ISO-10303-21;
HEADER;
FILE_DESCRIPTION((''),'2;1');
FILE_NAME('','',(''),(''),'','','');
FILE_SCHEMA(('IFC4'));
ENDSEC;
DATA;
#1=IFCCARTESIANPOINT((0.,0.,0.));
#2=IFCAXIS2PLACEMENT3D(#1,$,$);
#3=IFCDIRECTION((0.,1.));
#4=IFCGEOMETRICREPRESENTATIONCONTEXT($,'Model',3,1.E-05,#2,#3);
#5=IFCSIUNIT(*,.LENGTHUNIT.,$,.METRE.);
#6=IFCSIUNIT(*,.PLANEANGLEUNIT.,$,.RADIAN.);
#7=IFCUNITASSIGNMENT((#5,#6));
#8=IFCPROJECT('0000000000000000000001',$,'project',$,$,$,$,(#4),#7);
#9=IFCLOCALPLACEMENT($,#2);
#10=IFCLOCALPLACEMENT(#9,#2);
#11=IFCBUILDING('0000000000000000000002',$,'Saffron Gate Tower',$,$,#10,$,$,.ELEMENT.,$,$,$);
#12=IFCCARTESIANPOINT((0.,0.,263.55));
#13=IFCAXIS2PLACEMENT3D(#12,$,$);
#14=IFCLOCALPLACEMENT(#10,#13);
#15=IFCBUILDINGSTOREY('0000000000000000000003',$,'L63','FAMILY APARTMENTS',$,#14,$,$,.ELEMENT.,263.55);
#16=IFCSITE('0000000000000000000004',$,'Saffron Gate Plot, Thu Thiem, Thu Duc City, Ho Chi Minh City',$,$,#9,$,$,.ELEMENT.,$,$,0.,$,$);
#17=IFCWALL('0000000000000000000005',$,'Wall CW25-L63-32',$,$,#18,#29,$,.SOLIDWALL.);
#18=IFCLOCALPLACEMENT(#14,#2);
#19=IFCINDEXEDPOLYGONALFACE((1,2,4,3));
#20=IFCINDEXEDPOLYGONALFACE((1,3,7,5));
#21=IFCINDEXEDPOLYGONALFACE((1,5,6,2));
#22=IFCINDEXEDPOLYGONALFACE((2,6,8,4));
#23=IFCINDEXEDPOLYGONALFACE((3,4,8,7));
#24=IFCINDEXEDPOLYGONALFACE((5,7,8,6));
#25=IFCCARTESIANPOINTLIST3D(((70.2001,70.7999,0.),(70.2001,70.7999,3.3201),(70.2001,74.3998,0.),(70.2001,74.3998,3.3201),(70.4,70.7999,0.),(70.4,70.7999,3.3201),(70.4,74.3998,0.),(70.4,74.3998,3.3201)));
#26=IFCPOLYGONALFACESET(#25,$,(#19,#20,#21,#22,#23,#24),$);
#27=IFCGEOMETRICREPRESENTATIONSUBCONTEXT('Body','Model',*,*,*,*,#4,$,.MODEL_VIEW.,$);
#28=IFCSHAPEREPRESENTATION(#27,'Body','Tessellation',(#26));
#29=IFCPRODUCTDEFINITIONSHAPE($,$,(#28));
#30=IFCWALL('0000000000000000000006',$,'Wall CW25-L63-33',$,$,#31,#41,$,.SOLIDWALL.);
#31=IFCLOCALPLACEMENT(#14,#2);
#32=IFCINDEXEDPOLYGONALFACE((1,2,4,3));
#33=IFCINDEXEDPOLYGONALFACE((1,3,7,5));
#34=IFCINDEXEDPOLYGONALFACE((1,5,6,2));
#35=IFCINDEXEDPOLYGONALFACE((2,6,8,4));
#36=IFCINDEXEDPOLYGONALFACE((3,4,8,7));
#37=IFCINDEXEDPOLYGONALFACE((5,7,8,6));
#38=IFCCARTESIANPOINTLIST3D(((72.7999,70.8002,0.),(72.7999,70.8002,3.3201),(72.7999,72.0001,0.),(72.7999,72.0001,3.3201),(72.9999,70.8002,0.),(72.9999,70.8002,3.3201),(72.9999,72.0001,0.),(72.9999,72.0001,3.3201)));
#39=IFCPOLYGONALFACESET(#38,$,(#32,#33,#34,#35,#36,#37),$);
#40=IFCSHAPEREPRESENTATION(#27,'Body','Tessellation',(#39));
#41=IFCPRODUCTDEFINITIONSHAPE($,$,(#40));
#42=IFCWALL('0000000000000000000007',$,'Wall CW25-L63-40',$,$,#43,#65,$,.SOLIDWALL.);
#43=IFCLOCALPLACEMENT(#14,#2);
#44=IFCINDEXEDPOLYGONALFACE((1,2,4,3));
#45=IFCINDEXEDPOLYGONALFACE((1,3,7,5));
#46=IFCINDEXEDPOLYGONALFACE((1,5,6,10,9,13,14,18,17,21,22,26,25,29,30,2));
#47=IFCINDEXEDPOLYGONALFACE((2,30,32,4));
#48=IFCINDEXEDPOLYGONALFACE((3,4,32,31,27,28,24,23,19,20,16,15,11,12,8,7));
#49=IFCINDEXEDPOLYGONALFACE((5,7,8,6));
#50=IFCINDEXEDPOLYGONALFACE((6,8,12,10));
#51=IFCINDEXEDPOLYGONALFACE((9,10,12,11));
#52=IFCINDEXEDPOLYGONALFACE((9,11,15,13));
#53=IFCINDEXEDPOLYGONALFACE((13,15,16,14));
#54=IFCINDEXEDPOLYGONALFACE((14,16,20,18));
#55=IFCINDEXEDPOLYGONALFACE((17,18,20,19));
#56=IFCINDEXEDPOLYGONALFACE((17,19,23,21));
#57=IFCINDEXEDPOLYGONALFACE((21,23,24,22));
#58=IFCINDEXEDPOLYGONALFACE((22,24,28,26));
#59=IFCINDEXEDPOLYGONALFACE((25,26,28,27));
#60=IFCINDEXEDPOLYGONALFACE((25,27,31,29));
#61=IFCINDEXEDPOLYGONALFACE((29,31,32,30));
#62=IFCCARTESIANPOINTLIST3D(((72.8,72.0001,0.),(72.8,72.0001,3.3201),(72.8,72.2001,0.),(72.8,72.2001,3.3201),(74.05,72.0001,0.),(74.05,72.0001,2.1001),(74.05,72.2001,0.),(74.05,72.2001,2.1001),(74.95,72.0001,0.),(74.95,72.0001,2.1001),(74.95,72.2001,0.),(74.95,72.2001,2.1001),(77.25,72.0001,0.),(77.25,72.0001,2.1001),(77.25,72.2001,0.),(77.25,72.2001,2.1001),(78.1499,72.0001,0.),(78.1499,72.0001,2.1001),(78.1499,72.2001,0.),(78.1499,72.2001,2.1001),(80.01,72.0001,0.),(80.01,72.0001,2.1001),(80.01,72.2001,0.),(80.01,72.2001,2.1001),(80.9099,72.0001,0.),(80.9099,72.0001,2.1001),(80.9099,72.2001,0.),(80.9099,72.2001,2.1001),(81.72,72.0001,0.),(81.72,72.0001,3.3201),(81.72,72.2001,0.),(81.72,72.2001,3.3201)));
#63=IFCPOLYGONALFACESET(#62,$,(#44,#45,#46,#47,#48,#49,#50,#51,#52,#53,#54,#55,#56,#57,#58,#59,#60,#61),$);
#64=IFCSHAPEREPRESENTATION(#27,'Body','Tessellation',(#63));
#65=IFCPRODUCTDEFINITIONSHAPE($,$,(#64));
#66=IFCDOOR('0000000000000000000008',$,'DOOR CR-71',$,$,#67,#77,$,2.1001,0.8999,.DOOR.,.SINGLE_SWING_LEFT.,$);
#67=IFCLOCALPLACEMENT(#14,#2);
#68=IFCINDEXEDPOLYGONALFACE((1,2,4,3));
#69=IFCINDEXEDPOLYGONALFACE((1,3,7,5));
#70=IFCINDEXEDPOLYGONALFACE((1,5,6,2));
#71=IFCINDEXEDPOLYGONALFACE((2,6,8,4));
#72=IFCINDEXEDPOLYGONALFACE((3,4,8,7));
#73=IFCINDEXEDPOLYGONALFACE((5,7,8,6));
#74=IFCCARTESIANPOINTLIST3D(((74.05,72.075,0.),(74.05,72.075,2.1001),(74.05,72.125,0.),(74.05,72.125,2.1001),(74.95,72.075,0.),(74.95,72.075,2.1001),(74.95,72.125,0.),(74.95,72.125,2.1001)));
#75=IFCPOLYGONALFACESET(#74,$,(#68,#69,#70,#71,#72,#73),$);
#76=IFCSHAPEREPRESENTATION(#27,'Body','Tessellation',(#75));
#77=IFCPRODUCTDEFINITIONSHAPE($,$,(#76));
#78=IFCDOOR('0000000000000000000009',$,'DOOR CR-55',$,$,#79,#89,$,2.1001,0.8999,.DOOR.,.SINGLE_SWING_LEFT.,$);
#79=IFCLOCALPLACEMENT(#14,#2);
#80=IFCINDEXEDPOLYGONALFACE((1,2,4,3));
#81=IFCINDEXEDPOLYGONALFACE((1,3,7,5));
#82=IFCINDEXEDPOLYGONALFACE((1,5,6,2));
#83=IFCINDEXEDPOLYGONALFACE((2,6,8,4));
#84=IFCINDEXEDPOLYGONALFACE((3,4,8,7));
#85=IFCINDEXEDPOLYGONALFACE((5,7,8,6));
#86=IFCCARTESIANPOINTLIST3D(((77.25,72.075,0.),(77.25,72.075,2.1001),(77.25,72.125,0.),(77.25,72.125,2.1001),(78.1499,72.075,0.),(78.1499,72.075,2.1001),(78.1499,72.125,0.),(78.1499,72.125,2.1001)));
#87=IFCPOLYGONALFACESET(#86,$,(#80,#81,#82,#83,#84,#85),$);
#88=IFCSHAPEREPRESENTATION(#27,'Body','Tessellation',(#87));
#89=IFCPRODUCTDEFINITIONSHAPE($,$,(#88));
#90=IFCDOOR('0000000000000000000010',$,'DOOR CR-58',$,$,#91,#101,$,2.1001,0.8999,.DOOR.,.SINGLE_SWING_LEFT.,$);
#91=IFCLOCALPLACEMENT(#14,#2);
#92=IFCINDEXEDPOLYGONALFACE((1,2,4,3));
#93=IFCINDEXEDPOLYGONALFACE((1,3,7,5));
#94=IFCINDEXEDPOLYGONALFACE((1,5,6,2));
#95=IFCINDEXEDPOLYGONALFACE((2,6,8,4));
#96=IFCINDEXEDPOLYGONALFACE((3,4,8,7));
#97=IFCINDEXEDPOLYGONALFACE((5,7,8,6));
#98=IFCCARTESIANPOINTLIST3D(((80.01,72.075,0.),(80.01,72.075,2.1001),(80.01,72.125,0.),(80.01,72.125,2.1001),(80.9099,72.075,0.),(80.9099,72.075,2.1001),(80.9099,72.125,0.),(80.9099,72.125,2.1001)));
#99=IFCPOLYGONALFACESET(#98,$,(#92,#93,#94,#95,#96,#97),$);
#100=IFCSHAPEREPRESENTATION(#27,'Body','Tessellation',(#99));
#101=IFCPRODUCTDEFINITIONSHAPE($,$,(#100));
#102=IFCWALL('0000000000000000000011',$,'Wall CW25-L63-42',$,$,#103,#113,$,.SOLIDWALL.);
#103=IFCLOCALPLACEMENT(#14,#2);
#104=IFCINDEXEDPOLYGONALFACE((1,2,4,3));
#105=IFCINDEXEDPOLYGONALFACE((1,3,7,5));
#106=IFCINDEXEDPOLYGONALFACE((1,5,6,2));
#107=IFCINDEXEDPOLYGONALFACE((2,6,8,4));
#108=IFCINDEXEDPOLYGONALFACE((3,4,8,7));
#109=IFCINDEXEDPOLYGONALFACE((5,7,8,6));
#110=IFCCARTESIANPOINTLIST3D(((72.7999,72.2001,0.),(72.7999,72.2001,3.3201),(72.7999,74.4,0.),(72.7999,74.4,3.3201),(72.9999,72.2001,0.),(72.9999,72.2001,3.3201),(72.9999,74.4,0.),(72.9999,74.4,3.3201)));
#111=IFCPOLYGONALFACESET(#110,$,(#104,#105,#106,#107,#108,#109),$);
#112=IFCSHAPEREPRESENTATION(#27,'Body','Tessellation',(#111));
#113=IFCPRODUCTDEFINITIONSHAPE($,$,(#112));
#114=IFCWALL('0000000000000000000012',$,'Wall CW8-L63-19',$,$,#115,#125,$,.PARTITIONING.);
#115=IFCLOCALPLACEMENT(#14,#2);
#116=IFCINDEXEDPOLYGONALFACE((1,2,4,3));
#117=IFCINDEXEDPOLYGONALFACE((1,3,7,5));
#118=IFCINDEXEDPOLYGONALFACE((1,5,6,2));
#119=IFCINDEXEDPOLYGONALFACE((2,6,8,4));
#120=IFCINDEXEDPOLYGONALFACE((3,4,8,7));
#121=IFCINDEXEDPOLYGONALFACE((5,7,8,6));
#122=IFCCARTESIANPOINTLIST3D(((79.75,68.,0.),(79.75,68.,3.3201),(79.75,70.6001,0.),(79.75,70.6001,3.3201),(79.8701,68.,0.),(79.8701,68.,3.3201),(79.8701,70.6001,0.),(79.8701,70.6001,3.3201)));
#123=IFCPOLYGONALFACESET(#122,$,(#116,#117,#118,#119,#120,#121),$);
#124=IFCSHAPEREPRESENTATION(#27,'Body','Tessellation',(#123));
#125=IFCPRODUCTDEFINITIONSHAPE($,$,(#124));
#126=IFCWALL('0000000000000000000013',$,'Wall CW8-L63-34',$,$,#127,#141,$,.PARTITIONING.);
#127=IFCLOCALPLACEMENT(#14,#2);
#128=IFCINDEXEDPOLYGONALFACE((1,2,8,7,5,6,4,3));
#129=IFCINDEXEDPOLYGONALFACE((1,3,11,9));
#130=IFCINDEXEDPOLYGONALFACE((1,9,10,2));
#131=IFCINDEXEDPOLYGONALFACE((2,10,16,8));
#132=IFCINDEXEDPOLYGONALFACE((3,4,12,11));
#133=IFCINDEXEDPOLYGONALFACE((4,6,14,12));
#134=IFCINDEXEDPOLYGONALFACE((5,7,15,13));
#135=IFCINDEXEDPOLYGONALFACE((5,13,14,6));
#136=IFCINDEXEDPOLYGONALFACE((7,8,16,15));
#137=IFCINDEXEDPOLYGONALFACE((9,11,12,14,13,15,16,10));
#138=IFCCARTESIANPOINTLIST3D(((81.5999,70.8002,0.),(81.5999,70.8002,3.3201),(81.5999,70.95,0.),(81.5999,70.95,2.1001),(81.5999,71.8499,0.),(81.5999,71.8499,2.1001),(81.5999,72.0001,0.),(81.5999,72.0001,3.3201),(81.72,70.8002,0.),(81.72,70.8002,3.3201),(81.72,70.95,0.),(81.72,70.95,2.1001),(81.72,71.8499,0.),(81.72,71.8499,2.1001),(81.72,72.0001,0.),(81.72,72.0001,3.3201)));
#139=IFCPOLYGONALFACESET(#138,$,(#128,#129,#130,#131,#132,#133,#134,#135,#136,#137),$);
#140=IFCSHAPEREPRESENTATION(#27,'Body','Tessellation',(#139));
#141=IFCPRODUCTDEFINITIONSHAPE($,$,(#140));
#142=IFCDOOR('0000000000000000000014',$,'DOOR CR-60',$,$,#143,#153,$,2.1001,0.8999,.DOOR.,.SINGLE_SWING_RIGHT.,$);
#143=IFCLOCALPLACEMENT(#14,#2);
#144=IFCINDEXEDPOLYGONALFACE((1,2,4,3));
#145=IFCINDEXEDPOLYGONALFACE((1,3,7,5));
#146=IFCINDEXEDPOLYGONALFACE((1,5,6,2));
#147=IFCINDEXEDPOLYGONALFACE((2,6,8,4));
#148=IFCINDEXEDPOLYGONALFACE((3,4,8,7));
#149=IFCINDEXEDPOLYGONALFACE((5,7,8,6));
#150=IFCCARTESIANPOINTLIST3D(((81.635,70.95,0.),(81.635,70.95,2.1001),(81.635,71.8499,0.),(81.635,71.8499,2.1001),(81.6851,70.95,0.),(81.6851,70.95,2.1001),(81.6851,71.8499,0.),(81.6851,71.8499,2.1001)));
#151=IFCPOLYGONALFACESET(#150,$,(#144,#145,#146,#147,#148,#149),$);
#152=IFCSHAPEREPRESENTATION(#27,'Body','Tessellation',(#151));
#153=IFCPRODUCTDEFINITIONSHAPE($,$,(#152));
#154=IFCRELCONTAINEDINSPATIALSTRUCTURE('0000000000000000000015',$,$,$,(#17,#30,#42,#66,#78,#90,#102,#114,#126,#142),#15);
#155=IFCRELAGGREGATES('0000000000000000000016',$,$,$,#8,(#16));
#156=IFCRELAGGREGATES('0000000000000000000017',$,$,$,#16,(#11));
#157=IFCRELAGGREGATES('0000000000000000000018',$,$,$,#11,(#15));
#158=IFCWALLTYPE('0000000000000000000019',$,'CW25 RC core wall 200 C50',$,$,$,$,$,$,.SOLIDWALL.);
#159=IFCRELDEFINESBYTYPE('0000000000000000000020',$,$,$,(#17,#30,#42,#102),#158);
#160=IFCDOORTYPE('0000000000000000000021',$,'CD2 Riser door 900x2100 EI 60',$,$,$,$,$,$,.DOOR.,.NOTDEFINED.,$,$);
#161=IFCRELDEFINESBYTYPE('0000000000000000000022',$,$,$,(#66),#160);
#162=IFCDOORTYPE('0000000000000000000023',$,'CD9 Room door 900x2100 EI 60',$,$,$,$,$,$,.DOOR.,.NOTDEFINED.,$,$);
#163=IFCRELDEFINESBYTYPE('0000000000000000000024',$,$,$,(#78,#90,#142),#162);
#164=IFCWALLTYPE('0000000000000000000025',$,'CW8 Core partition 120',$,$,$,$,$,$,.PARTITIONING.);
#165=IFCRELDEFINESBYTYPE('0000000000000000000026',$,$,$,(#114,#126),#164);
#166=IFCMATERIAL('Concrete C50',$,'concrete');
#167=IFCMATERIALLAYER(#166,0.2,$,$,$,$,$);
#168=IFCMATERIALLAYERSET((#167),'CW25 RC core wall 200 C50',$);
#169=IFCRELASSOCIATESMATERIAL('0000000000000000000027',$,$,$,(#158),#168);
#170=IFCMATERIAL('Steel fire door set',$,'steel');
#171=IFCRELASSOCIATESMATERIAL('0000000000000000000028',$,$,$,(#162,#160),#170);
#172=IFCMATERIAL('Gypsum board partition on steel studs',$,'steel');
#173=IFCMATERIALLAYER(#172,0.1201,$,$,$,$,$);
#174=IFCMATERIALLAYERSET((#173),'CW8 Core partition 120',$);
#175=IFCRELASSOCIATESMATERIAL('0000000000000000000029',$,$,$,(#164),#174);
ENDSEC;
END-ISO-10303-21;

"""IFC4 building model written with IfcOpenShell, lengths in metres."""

from ifc_helpers import new_model, si_unit, direction, frame, frame_2d, origin, place, context, subcontext, project, spatial, rectangle, extrude, material, layer, layer_set, type_object, element, fill, save


model = new_model("IFC4")

# Units and contexts
model_context = context("Model", 3, precision=1e-05, world=origin(), true_north=direction((0.0, 1.0)))
body_context = subcontext(model_context, "Body", "Model", "MODEL_VIEW")
ifc_project = project(units=[si_unit("LENGTHUNIT", "METRE"), si_unit("PLANEANGLEUNIT", "RADIAN")], contexts=[model_context])

# Site, building, storey
site_placement = place(None, origin())
site = spatial("IfcSite", under=ifc_project, at=site_placement, Name="Saffron Gate Plot, Thu Thiem, Thu Duc City, Ho Chi Minh City", CompositionType="ELEMENT", RefElevation=0.0)
building_placement = place(site_placement, origin())
building = spatial("IfcBuilding", under=site, at=building_placement, Name="Saffron Gate Tower", CompositionType="ELEMENT")
storey_placement = place(building_placement, frame((0.0, 0.0, 263.55)))
storey = spatial("IfcBuildingStorey", under=building, at=storey_placement, Name="L63", Description="FAMILY APARTMENTS", CompositionType="ELEMENT", Elevation=263.55)

# Shared definitions
ifc_material_1 = material(Name="Concrete C50", Category="concrete")

# Shared definitions
ifc_layer_1 = layer(ifc_material_1, 0.2)
ifc_layer_set_1 = layer_set([ifc_layer_1], Name="CW25 RC core wall 200 C50")
wall_type_1 = type_object("IfcWallType", Name="CW25 RC core wall 200 C50", PredefinedType="SOLIDWALL", material=ifc_layer_set_1)
ifc_material_2 = material(Name="Steel fire door set", Category="steel")
door_type_1 = type_object("IfcDoorType", Name="CD9 Room door 900x2100 EI 60", OperationType="NOTDEFINED", PredefinedType="DOOR", material=ifc_material_2)

# Walls
wall_1_placement = place(storey_placement, frame((70.3, 70.8, 0.0), z_axis=(0.0, 0.0, 1.0), x_axis=(0.0, 1.0, 0.0)))
element("IfcWall", 1, at=wall_1_placement, inside=storey, type_object=wall_type_1, Name="Wall CW25-L63-32", PredefinedType="SOLIDWALL", context=body_context, shape_type="SweptSolid", body=[
    extrude(rectangle(XDim=3.5999, YDim=0.2, at=frame_2d((1.7998, 0.0))), origin(), (0.0, 0.0, 1.0), 3.3201),
])
wall_2_placement = place(storey_placement, frame((72.8999, 70.8, 0.0), z_axis=(0.0, 0.0, 1.0), x_axis=(0.0, 1.0, 0.0)))
element("IfcWall", 2, at=wall_2_placement, inside=storey, type_object=wall_type_1, Name="Wall CW25-L63-33", PredefinedType="SOLIDWALL", context=body_context, shape_type="SweptSolid", body=[
    extrude(rectangle(XDim=1.2, YDim=0.2, at=frame_2d((0.6001, 0.0))), origin(), (0.0, 0.0, 1.0), 3.3201),
])

# Wall, openings, doors
wall_3_placement = place(storey_placement, frame((72.8, 72.1001, 0.0), z_axis=(0.0, 0.0, 1.0), x_axis=(1.0, 0.0, 0.0)))
wall_3 = element("IfcWall", 3, at=wall_3_placement, inside=storey, type_object=wall_type_1, Name="Wall CW25-L63-40", PredefinedType="SOLIDWALL", context=body_context, shape_type="SweptSolid", body=[
    extrude(rectangle(XDim=8.9199, YDim=0.2, at=frame_2d((4.46, 0.0))), origin(), (0.0, 0.0, 1.0), 3.3201),
])
opening_1_placement = place(wall_3_placement, frame((1.25, 0.0, 0.0)))
opening_1 = element("IfcOpeningElement", 4, at=opening_1_placement, cuts=wall_3, PredefinedType="OPENING", context=body_context, shape_type="SweptSolid", body=[
    extrude(rectangle(XDim=0.8999, YDim=2.1001, at=frame_2d((0.45, 1.05))), frame((0.0, 0.1099, 0.0), z_axis=(0.0, -1.0, 0.0), x_axis=(1.0, 0.0, 0.0)), (0.0, 0.0, 1.0), 0.22),
])
opening_2_placement = place(wall_3_placement, frame((4.45, 0.0, 0.0)))
opening_2 = element("IfcOpeningElement", 5, at=opening_2_placement, cuts=wall_3, PredefinedType="OPENING", context=body_context, shape_type="SweptSolid", body=[
    extrude(rectangle(XDim=0.8999, YDim=2.1001, at=frame_2d((0.45, 1.05))), frame((0.0, 0.1099, 0.0), z_axis=(0.0, -1.0, 0.0), x_axis=(1.0, 0.0, 0.0)), (0.0, 0.0, 1.0), 0.22),
])
opening_3_placement = place(wall_3_placement, frame((7.21, 0.0, 0.0)))
opening_3 = element("IfcOpeningElement", 6, at=opening_3_placement, cuts=wall_3, PredefinedType="OPENING", context=body_context, shape_type="SweptSolid", body=[
    extrude(rectangle(XDim=0.8999, YDim=2.1001, at=frame_2d((0.45, 1.05))), frame((0.0, 0.1099, 0.0), z_axis=(0.0, -1.0, 0.0), x_axis=(1.0, 0.0, 0.0)), (0.0, 0.0, 1.0), 0.22),
])
door_type_2 = type_object("IfcDoorType", Name="CD2 Riser door 900x2100 EI 60", OperationType="NOTDEFINED", PredefinedType="DOOR", material=ifc_material_2)
door_1_placement = place(opening_1_placement, origin())
door_1 = element("IfcDoor", 7, at=door_1_placement, inside=storey, type_object=door_type_2, Name="DOOR CR-71", OperationType="SINGLE_SWING_LEFT", OverallHeight=2.1001, OverallWidth=0.8999, PredefinedType="DOOR", context=body_context, shape_type="SweptSolid", body=[
    extrude(rectangle(XDim=0.8999, YDim=2.1001, at=frame_2d((0.45, 1.05))), frame((0.0, 0.0249, 0.0), z_axis=(0.0, -1.0, 0.0), x_axis=(1.0, 0.0, 0.0)), (0.0, 0.0, 1.0), 0.05),
])
fill(opening_1, door_1)
door_2_placement = place(opening_2_placement, origin())
door_2 = element("IfcDoor", 8, at=door_2_placement, inside=storey, type_object=door_type_1, Name="DOOR CR-55", OperationType="SINGLE_SWING_LEFT", OverallHeight=2.1001, OverallWidth=0.8999, PredefinedType="DOOR", context=body_context, shape_type="SweptSolid", body=[
    extrude(rectangle(XDim=0.8999, YDim=2.1001, at=frame_2d((0.45, 1.05))), frame((0.0, 0.0249, 0.0), z_axis=(0.0, -1.0, 0.0), x_axis=(1.0, 0.0, 0.0)), (0.0, 0.0, 1.0), 0.05),
])
fill(opening_2, door_2)
door_3_placement = place(opening_3_placement, origin())
door_3 = element("IfcDoor", 9, at=door_3_placement, inside=storey, type_object=door_type_1, Name="DOOR CR-58", OperationType="SINGLE_SWING_LEFT", OverallHeight=2.1001, OverallWidth=0.8999, PredefinedType="DOOR", context=body_context, shape_type="SweptSolid", body=[
    extrude(rectangle(XDim=0.8999, YDim=2.1001, at=frame_2d((0.45, 1.05))), frame((0.0, 0.0249, 0.0), z_axis=(0.0, -1.0, 0.0), x_axis=(1.0, 0.0, 0.0)), (0.0, 0.0, 1.0), 0.05),
])
fill(opening_3, door_3)

# Walls
wall_4_placement = place(storey_placement, frame((72.8999, 72.2, 0.0), z_axis=(0.0, 0.0, 1.0), x_axis=(0.0, 1.0, 0.0)))
element("IfcWall", 10, at=wall_4_placement, inside=storey, type_object=wall_type_1, Name="Wall CW25-L63-42", PredefinedType="SOLIDWALL", context=body_context, shape_type="SweptSolid", body=[
    extrude(rectangle(XDim=2.2, YDim=0.2, at=frame_2d((1.1001, 0.0))), origin(), (0.0, 0.0, 1.0), 3.3201),
])
ifc_material_3 = material(Name="Gypsum board partition on steel studs", Category="steel")
ifc_layer_2 = layer(ifc_material_3, 0.1201)
ifc_layer_set_2 = layer_set([ifc_layer_2], Name="CW8 Core partition 120")
wall_type_2 = type_object("IfcWallType", Name="CW8 Core partition 120", PredefinedType="PARTITIONING", material=ifc_layer_set_2)
wall_5_placement = place(storey_placement, frame((79.8101, 68.0, 0.0), z_axis=(0.0, 0.0, 1.0), x_axis=(0.0, 1.0, 0.0)))
element("IfcWall", 11, at=wall_5_placement, inside=storey, type_object=wall_type_2, Name="Wall CW8-L63-19", PredefinedType="PARTITIONING", context=body_context, shape_type="SweptSolid", body=[
    extrude(rectangle(XDim=2.6001, YDim=0.1201, at=frame_2d((1.3, 0.0))), origin(), (0.0, 0.0, 1.0), 3.3201),
])

# Wall, opening, door
wall_6_placement = place(storey_placement, frame((81.6599, 70.8, 0.0), z_axis=(0.0, 0.0, 1.0), x_axis=(0.0, 1.0, 0.0)))
wall_6 = element("IfcWall", 12, at=wall_6_placement, inside=storey, type_object=wall_type_2, Name="Wall CW8-L63-34", PredefinedType="PARTITIONING", context=body_context, shape_type="SweptSolid", body=[
    extrude(rectangle(XDim=1.2, YDim=0.1201, at=frame_2d((0.6001, 0.0))), origin(), (0.0, 0.0, 1.0), 3.3201),
])
opening_4_placement = place(wall_6_placement, frame((0.1499, 0.0, 0.0)))
opening_4 = element("IfcOpeningElement", 13, at=opening_4_placement, cuts=wall_6, PredefinedType="OPENING", context=body_context, shape_type="SweptSolid", body=[
    extrude(rectangle(XDim=0.8999, YDim=2.1001, at=frame_2d((0.45, 1.05))), frame((0.0, 0.0701, 0.0), z_axis=(0.0, -1.0, 0.0), x_axis=(1.0, 0.0, 0.0)), (0.0, 0.0, 1.0), 0.1401),
])
door_4_placement = place(opening_4_placement, origin())
door_4 = element("IfcDoor", 14, at=door_4_placement, inside=storey, type_object=door_type_1, Name="DOOR CR-60", OperationType="SINGLE_SWING_RIGHT", OverallHeight=2.1001, OverallWidth=0.8999, PredefinedType="DOOR", context=body_context, shape_type="SweptSolid", body=[
    extrude(rectangle(XDim=0.8999, YDim=2.1001, at=frame_2d((0.45, 1.05))), frame((0.0, 0.0249, 0.0), z_axis=(0.0, -1.0, 0.0), x_axis=(1.0, 0.0, 0.0)), (0.0, 0.0, 1.0), 0.05),
])
fill(opening_4, door_4)

save(model, "model.ifc")
